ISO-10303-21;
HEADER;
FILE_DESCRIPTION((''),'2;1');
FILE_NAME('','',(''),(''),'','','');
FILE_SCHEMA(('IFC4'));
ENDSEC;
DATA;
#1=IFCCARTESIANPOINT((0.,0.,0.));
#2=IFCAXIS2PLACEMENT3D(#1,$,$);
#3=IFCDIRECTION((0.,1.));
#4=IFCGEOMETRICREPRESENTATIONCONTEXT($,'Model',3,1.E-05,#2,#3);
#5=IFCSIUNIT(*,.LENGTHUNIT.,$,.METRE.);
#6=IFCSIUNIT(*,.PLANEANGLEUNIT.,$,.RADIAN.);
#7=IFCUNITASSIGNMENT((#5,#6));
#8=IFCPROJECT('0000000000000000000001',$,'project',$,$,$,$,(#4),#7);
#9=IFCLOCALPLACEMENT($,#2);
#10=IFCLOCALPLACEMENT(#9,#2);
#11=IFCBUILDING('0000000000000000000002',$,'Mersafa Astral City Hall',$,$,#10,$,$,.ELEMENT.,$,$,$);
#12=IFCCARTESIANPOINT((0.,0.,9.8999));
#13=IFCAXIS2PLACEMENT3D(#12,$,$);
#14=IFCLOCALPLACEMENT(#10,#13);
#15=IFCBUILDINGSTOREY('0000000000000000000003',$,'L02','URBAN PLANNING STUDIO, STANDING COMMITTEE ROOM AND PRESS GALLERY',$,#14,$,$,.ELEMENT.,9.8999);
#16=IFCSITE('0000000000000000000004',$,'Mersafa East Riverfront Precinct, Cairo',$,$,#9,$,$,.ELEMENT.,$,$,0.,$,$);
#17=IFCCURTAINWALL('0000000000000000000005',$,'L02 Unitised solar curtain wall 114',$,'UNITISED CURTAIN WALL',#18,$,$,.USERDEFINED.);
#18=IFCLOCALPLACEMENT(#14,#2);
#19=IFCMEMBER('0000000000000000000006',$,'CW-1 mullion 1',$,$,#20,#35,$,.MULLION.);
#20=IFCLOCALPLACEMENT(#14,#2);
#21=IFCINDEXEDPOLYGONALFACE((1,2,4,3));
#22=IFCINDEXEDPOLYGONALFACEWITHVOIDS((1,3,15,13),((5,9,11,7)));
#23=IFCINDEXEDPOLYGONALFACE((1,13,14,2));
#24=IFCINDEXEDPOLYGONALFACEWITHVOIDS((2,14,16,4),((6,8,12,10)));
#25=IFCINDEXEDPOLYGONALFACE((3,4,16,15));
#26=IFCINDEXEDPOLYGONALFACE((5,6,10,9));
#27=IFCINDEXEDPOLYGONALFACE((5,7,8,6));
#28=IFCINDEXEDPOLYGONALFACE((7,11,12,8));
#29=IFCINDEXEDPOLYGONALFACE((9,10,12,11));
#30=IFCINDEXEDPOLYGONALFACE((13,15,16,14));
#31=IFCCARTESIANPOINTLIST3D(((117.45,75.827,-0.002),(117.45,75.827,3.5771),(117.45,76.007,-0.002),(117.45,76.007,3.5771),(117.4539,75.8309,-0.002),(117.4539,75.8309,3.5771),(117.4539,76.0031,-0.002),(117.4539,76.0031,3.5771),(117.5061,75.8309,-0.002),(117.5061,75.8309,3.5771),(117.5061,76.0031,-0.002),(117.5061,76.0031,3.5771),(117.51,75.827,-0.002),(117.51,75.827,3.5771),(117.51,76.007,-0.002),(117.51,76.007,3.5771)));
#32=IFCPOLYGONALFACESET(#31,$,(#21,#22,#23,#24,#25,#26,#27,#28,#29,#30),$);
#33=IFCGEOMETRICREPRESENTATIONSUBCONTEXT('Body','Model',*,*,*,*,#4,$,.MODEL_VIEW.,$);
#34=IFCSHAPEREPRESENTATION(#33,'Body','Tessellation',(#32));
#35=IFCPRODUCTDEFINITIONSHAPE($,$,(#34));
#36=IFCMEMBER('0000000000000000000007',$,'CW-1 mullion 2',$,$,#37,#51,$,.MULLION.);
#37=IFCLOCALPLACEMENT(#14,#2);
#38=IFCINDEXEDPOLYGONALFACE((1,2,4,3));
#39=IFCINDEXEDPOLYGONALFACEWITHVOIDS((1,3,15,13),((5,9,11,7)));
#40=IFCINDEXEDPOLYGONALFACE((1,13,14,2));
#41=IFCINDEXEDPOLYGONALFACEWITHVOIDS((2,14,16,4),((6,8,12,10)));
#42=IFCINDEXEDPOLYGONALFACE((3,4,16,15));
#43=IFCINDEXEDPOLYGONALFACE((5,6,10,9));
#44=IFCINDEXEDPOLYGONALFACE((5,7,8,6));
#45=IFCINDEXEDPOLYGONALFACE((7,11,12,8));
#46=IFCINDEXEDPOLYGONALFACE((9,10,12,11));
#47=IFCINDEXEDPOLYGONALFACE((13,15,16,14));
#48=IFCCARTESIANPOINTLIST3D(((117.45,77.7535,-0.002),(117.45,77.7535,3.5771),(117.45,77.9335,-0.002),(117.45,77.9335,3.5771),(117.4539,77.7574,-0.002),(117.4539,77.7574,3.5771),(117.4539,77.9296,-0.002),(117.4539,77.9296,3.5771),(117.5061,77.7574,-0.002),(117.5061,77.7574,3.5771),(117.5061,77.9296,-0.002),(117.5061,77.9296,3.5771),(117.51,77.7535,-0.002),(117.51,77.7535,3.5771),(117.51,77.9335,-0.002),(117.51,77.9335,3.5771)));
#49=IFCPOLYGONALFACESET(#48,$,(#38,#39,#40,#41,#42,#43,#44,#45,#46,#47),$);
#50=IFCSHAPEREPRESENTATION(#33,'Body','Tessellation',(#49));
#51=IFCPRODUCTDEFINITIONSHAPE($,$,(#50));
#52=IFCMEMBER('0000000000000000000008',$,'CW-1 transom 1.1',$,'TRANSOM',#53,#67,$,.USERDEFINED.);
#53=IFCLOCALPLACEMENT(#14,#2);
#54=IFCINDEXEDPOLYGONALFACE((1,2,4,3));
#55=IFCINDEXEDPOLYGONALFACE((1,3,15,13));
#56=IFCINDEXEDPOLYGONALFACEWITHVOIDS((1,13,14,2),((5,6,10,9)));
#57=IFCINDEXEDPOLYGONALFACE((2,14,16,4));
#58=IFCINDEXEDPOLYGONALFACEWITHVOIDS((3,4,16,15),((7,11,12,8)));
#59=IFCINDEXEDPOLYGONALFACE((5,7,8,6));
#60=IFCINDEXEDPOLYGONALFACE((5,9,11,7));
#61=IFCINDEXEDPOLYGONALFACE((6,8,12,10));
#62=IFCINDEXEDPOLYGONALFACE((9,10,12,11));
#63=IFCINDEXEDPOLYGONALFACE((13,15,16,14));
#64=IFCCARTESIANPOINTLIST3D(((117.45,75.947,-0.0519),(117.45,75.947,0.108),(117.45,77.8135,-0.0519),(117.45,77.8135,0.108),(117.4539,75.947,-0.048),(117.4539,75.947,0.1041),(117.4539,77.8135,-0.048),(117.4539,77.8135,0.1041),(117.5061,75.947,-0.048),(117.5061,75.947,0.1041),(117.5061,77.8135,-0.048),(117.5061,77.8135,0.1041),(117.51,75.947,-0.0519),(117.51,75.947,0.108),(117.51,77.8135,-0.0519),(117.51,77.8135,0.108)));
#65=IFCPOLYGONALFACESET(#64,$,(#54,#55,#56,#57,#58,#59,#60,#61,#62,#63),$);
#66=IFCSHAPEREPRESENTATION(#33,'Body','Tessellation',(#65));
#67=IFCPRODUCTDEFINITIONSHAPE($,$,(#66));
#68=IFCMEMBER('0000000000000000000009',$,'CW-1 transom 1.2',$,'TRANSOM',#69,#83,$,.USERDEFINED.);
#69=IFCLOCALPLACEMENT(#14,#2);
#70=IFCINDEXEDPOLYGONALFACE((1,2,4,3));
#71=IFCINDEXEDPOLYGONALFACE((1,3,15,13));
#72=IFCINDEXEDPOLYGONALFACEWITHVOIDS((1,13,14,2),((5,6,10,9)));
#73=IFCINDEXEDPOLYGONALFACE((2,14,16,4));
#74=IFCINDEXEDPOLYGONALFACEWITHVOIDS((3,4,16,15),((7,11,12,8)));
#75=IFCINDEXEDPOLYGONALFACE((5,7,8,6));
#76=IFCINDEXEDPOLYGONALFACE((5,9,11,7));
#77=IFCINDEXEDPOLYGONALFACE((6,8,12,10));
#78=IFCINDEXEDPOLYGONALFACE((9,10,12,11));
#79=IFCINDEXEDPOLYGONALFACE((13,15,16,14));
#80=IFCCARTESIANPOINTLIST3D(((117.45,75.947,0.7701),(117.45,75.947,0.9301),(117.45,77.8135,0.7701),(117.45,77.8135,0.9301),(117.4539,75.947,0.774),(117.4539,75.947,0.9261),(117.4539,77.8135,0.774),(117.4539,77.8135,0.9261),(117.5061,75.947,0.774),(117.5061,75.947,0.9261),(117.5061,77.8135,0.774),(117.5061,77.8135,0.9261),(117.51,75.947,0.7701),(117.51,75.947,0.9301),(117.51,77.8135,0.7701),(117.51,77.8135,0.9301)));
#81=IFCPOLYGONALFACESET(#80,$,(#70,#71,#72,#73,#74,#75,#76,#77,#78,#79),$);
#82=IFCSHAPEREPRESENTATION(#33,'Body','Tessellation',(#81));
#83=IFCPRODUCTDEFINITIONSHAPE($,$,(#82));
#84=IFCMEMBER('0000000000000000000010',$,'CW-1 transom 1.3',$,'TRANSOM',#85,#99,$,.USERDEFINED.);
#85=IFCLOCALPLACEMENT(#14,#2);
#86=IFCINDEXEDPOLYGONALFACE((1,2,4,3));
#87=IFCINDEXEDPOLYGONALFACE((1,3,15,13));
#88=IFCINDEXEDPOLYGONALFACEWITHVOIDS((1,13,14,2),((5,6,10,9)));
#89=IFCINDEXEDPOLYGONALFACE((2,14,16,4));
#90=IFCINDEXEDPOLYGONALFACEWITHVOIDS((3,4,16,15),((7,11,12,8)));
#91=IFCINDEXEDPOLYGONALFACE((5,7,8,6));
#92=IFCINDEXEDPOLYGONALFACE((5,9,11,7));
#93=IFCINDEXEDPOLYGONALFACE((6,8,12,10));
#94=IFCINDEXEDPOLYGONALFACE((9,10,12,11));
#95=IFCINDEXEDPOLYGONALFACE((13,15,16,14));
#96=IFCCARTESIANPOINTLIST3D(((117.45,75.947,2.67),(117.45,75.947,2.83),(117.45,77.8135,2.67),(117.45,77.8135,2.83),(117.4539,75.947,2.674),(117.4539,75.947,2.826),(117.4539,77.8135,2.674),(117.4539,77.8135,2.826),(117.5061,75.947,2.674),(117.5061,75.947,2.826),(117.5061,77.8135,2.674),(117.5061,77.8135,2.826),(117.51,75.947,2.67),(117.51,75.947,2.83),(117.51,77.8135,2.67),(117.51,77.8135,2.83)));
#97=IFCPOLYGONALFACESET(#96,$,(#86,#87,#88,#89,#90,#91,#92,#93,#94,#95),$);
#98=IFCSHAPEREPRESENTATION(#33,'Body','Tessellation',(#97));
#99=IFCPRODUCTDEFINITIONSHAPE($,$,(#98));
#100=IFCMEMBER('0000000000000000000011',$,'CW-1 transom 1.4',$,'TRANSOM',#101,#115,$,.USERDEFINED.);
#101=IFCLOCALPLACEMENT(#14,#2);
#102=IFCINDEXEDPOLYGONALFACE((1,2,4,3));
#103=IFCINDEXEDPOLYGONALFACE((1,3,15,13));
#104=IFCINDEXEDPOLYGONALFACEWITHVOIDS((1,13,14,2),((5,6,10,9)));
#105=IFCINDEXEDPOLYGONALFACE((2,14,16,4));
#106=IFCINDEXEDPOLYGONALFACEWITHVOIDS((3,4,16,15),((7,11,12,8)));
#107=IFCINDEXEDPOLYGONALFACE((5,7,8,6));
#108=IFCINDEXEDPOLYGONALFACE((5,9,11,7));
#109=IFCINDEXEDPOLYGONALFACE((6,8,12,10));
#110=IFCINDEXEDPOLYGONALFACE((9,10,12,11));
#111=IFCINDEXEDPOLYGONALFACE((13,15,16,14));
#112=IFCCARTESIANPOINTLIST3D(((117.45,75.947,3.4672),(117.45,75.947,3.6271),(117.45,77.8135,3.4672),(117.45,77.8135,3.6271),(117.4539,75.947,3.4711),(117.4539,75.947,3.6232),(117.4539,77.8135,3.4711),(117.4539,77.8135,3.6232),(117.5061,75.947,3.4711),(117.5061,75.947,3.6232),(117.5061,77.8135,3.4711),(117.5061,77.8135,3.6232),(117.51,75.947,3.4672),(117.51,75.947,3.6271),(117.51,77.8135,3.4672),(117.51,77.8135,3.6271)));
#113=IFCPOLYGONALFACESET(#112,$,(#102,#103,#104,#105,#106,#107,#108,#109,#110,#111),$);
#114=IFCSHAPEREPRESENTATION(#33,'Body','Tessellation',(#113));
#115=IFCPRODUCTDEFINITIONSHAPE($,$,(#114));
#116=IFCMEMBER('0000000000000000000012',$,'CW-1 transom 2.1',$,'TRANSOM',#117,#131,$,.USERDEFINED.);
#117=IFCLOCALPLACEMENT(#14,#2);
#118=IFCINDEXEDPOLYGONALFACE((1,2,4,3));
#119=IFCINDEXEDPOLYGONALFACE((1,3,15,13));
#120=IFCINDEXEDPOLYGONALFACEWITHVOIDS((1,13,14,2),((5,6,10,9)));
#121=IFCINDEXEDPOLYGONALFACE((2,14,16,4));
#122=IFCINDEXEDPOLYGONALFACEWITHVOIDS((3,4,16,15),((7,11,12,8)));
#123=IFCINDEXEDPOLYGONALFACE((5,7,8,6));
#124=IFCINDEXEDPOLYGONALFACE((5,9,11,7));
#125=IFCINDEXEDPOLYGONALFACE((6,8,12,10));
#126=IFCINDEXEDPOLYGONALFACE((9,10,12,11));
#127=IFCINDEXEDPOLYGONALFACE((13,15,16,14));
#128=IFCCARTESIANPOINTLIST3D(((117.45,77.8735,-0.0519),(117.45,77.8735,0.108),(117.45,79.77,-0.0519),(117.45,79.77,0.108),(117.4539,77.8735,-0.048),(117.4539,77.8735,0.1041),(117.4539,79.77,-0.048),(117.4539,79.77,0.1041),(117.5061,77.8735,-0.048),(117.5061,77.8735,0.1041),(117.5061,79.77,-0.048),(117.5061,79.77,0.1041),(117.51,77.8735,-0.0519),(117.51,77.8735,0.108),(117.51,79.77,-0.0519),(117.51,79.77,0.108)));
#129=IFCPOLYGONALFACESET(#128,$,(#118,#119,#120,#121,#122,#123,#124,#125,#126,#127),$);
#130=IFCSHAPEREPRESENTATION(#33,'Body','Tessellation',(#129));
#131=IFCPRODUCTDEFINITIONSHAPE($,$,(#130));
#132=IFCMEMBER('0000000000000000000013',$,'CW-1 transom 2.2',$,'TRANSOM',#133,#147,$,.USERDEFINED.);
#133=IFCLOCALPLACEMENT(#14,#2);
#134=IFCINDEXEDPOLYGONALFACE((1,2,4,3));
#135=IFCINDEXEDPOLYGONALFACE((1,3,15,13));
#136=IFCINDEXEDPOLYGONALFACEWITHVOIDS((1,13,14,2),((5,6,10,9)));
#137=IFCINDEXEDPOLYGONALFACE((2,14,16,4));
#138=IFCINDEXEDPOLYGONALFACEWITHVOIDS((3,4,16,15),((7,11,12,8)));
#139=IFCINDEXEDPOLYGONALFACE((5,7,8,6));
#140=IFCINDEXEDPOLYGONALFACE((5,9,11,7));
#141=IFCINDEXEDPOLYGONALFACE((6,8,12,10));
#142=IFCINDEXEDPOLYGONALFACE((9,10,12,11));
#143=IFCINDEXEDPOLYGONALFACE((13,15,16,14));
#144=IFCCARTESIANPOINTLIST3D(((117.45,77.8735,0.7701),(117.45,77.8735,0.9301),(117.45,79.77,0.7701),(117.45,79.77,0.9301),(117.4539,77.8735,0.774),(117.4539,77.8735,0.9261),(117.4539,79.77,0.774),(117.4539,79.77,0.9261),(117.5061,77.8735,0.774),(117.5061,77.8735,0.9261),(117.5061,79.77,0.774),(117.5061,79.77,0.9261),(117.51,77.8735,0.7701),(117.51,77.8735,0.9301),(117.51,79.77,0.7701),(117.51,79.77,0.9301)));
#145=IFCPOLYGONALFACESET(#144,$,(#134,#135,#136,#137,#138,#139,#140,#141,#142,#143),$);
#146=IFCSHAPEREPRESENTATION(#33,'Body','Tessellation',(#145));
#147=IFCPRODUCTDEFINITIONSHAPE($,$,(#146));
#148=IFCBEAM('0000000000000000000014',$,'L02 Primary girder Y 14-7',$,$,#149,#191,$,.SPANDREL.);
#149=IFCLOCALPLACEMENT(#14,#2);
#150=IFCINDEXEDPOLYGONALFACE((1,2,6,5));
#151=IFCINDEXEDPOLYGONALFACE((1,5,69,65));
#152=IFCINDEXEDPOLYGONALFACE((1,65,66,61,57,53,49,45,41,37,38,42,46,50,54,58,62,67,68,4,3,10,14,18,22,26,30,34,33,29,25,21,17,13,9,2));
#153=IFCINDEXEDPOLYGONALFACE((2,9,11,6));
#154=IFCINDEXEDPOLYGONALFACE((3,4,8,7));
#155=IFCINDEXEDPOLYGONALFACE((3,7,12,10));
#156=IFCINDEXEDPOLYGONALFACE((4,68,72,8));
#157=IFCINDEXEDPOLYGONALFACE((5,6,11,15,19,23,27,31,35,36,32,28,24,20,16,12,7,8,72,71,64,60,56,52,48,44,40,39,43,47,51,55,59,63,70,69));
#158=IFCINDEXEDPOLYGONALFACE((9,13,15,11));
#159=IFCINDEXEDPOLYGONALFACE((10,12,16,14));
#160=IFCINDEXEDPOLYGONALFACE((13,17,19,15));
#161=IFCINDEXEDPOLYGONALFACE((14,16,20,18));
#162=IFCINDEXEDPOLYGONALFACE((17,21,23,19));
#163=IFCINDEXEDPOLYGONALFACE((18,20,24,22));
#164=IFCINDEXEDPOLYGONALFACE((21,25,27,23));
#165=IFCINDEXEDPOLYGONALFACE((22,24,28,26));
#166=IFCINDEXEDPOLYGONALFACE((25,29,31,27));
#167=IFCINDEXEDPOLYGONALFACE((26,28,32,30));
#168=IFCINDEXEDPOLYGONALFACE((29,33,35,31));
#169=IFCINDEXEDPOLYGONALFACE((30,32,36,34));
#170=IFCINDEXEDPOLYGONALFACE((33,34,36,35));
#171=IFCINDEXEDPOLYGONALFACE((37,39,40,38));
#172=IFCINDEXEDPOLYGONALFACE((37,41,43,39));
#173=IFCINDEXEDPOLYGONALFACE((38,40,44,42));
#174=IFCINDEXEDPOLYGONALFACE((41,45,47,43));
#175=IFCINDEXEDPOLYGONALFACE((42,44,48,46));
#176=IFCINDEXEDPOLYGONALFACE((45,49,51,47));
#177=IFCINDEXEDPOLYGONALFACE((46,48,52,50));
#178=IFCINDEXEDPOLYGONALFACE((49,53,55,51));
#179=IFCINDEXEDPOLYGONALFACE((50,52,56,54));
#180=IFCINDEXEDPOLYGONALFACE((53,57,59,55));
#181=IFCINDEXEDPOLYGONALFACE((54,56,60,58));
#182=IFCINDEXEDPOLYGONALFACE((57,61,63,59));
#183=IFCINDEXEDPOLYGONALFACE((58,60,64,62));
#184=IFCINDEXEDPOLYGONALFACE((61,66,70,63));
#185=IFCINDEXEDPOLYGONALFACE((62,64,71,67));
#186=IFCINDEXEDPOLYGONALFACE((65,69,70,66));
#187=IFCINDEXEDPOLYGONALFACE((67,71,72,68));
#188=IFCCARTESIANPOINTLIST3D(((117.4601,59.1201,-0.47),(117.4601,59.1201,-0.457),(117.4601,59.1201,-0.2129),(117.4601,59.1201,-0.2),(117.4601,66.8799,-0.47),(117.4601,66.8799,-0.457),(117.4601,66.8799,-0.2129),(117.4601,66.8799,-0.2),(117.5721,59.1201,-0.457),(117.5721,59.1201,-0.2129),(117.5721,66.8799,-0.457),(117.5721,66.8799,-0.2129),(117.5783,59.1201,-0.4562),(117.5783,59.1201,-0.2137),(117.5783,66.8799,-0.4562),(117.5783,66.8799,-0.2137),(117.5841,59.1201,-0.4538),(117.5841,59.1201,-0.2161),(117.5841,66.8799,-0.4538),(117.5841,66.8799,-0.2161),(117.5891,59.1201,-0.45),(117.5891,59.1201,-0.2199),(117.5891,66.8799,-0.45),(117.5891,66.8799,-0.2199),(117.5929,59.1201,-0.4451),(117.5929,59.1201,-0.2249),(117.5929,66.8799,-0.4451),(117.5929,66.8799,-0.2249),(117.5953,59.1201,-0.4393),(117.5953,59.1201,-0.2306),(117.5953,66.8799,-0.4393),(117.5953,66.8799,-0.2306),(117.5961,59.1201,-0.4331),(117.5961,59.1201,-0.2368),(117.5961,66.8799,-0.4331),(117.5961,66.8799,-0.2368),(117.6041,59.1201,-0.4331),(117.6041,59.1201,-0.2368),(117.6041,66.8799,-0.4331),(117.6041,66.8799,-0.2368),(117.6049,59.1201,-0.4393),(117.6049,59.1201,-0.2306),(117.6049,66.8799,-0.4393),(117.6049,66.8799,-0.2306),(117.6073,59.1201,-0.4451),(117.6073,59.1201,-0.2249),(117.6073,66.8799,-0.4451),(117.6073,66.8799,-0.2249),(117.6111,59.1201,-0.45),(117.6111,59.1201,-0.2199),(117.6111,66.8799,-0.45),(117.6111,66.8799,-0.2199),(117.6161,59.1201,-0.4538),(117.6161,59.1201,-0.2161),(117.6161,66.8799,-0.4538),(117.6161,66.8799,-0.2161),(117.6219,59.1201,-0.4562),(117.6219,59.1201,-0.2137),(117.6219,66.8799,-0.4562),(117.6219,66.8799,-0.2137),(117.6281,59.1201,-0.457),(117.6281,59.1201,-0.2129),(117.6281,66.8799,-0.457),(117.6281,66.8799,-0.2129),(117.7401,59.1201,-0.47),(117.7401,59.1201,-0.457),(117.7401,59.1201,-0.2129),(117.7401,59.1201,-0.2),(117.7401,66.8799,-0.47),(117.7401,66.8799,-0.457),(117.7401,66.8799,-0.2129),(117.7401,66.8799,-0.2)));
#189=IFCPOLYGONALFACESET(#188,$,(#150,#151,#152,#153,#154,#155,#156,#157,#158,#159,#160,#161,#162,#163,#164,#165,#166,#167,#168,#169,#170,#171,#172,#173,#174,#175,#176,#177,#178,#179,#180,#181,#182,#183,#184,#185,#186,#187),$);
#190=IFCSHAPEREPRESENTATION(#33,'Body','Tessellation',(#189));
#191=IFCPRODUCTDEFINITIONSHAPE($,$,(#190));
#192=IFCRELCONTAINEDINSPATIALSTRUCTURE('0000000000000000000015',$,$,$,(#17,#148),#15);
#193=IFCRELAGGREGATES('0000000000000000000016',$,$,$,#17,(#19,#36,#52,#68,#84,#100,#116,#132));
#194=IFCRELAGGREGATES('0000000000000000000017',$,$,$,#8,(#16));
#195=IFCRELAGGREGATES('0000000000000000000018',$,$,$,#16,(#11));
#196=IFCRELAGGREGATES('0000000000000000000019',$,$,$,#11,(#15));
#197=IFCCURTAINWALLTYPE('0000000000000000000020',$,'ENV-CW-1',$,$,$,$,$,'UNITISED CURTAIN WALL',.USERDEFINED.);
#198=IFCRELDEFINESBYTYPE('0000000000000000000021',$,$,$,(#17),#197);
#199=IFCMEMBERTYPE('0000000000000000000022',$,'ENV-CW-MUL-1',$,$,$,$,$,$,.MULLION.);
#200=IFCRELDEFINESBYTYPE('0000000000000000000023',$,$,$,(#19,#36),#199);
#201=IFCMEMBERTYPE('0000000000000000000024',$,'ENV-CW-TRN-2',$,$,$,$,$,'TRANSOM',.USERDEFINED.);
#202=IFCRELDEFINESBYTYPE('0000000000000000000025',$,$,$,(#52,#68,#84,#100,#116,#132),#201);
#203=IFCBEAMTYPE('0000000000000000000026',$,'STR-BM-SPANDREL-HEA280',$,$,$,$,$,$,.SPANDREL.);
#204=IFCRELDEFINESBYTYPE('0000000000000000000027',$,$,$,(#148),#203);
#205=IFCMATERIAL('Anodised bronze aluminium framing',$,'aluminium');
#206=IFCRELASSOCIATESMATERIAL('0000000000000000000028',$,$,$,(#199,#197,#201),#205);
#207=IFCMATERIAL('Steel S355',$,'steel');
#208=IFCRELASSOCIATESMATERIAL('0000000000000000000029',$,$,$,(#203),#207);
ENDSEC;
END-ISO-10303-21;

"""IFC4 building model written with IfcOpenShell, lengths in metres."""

from ifc_helpers import new_model, si_unit, direction, frame, origin, origin_2d, place, context, subcontext, project, spatial, hollow_rectangle, i_section, extrude, material, material_profile, profile_set, type_object, element, aggregate, save


model = new_model("IFC4")

# Units and contexts
model_context = context("Model", 3, precision=1e-05, world=origin(), true_north=direction((0.0, 1.0)))
body_context = subcontext(model_context, "Body", "Model", "MODEL_VIEW")
ifc_project = project(units=[si_unit("LENGTHUNIT", "METRE"), si_unit("PLANEANGLEUNIT", "RADIAN")], contexts=[model_context])

# Site, building, storey
site_placement = place(None, origin())
site = spatial("IfcSite", under=ifc_project, at=site_placement, Name="Mersafa East Riverfront Precinct, Cairo", CompositionType="ELEMENT", RefElevation=0.0)
building_placement = place(site_placement, origin())
building = spatial("IfcBuilding", under=site, at=building_placement, Name="Mersafa Astral City Hall", CompositionType="ELEMENT")
storey_placement = place(building_placement, frame((0.0, 0.0, 9.8999)))
storey = spatial("IfcBuildingStorey", under=building, at=storey_placement, Name="L02", Description="URBAN PLANNING STUDIO, STANDING COMMITTEE ROOM AND PRESS GALLERY", CompositionType="ELEMENT", Elevation=9.8999)

# Shared definitions
ifc_material_1 = material(Name="Steel S355", Category="steel")

# Shared definitions
ifc_material_2 = material(Name="Anodised bronze aluminium framing", Category="aluminium")
ifc_material_profile_1 = material_profile(ifc_material_2, hollow_rectangle(XDim=0.0601, YDim=0.1799, WallThickness=0.0039, at=origin_2d()), Name="RHS 60x180x4")
ifc_profile_set_1 = profile_set([ifc_material_profile_1], Name="Anodised bronze aluminium framing")
member_type_1 = type_object("IfcMemberType", Name="ENV-CW-MUL-1", PredefinedType="MULLION", material=ifc_profile_set_1)

# Curtain wall, members
curtain_wall_type_1 = type_object("IfcCurtainWallType", Name="ENV-CW-1", ElementType="UNITISED CURTAIN WALL", PredefinedType="USERDEFINED", material=ifc_material_2)
curtain_wall_1_placement = place(storey_placement, origin())
curtain_wall_1 = element("IfcCurtainWall", 1, at=curtain_wall_1_placement, inside=storey, type_object=curtain_wall_type_1, Name="L02 Unitised solar curtain wall 114", ObjectType="UNITISED CURTAIN WALL", PredefinedType="USERDEFINED")
member_1_placement = place(storey_placement, frame((117.48, 75.917, -0.002), z_axis=(0.0, 0.0, 1.0), x_axis=(-1.0, 0.0, 0.0)))
member_1 = element("IfcMember", 2, at=member_1_placement, type_object=member_type_1, Name="CW-1 mullion 1", PredefinedType="MULLION", context=body_context, shape_type="SweptSolid", body=[
    extrude(hollow_rectangle(XDim=0.0601, YDim=0.1799, WallThickness=0.0039, at=origin_2d()), origin(), (0.0, 0.0, 1.0), 3.5791),
])
member_2_placement = place(storey_placement, frame((117.48, 77.8435, -0.002), z_axis=(0.0, 0.0, 1.0), x_axis=(-1.0, 0.0, 0.0)))
member_2 = element("IfcMember", 3, at=member_2_placement, type_object=member_type_1, Name="CW-1 mullion 2", PredefinedType="MULLION", context=body_context, shape_type="SweptSolid", body=[
    extrude(hollow_rectangle(XDim=0.0601, YDim=0.1799, WallThickness=0.0039, at=origin_2d()), origin(), (0.0, 0.0, 1.0), 3.5791),
])
ifc_material_profile_2 = material_profile(ifc_material_2, hollow_rectangle(XDim=0.0601, YDim=0.1599, WallThickness=0.0039, at=origin_2d()), Name="RHS 60x160x4")
ifc_profile_set_2 = profile_set([ifc_material_profile_2], Name="Anodised bronze aluminium framing")
member_type_2 = type_object("IfcMemberType", Name="ENV-CW-TRN-2", ElementType="TRANSOM", PredefinedType="USERDEFINED", material=ifc_profile_set_2)
member_3_placement = place(storey_placement, frame((117.48, 75.947, 0.0281), z_axis=(0.0, 1.0, 0.0), x_axis=(-1.0, 0.0, 0.0)))
member_3 = element("IfcMember", 4, at=member_3_placement, type_object=member_type_2, Name="CW-1 transom 1.1", ObjectType="TRANSOM", PredefinedType="USERDEFINED", context=body_context, shape_type="SweptSolid", body=[
    extrude(hollow_rectangle(XDim=0.0601, YDim=0.1599, WallThickness=0.0039, at=origin_2d()), origin(), (0.0, 0.0, 1.0), 1.8665),
])
member_4_placement = place(storey_placement, frame((117.48, 75.947, 0.8501), z_axis=(0.0, 1.0, 0.0), x_axis=(-1.0, 0.0, 0.0)))
member_4 = element("IfcMember", 5, at=member_4_placement, type_object=member_type_2, Name="CW-1 transom 1.2", ObjectType="TRANSOM", PredefinedType="USERDEFINED", context=body_context, shape_type="SweptSolid", body=[
    extrude(hollow_rectangle(XDim=0.0601, YDim=0.1599, WallThickness=0.0039, at=origin_2d()), origin(), (0.0, 0.0, 1.0), 1.8665),
])
member_5_placement = place(storey_placement, frame((117.48, 75.947, 2.75), z_axis=(0.0, 1.0, 0.0), x_axis=(-1.0, 0.0, 0.0)))
member_5 = element("IfcMember", 6, at=member_5_placement, type_object=member_type_2, Name="CW-1 transom 1.3", ObjectType="TRANSOM", PredefinedType="USERDEFINED", context=body_context, shape_type="SweptSolid", body=[
    extrude(hollow_rectangle(XDim=0.0601, YDim=0.1599, WallThickness=0.0039, at=origin_2d()), origin(), (0.0, 0.0, 1.0), 1.8665),
])
member_6_placement = place(storey_placement, frame((117.48, 75.947, 3.5471), z_axis=(0.0, 1.0, 0.0), x_axis=(-1.0, 0.0, 0.0)))
member_6 = element("IfcMember", 7, at=member_6_placement, type_object=member_type_2, Name="CW-1 transom 1.4", ObjectType="TRANSOM", PredefinedType="USERDEFINED", context=body_context, shape_type="SweptSolid", body=[
    extrude(hollow_rectangle(XDim=0.0601, YDim=0.1599, WallThickness=0.0039, at=origin_2d()), origin(), (0.0, 0.0, 1.0), 1.8665),
])
member_7_placement = place(storey_placement, frame((117.48, 77.8735, 0.0281), z_axis=(0.0, 1.0, 0.0), x_axis=(-1.0, 0.0, 0.0)))
member_7 = element("IfcMember", 8, at=member_7_placement, type_object=member_type_2, Name="CW-1 transom 2.1", ObjectType="TRANSOM", PredefinedType="USERDEFINED", context=body_context, shape_type="SweptSolid", body=[
    extrude(hollow_rectangle(XDim=0.0601, YDim=0.1599, WallThickness=0.0039, at=origin_2d()), origin(), (0.0, 0.0, 1.0), 1.8965),
])
member_8_placement = place(storey_placement, frame((117.48, 77.8735, 0.8501), z_axis=(0.0, 1.0, 0.0), x_axis=(-1.0, 0.0, 0.0)))
member_8 = element("IfcMember", 9, at=member_8_placement, type_object=member_type_2, Name="CW-1 transom 2.2", ObjectType="TRANSOM", PredefinedType="USERDEFINED", context=body_context, shape_type="SweptSolid", body=[
    extrude(hollow_rectangle(XDim=0.0601, YDim=0.1599, WallThickness=0.0039, at=origin_2d()), origin(), (0.0, 0.0, 1.0), 1.8965),
])

# Beam
ifc_material_profile_3 = material_profile(ifc_material_1, i_section(OverallWidth=0.28, OverallDepth=0.27, WebThickness=0.0081, FlangeThickness=0.0129, FilletRadius=0.0239, at=origin_2d()), Name="HEA 280")
ifc_profile_set_3 = profile_set([ifc_material_profile_3], Name="Steel S355")
beam_type_1 = type_object("IfcBeamType", Name="STR-BM-SPANDREL-HEA280", PredefinedType="SPANDREL", material=ifc_profile_set_3)
beam_1_placement = place(storey_placement, frame((117.6001, 59.1201, -0.335), z_axis=(0.0, 1.0, 0.0), x_axis=(-1.0, 0.0, 0.0)))
element("IfcBeam", 10, at=beam_1_placement, inside=storey, type_object=beam_type_1, Name="L02 Primary girder Y 14-7", PredefinedType="SPANDREL", context=body_context, shape_type="SweptSolid", body=[
    extrude(i_section(OverallWidth=0.28, OverallDepth=0.27, WebThickness=0.0081, FlangeThickness=0.0129, FilletRadius=0.0239, at=origin_2d()), origin(), (0.0, 0.0, 1.0), 7.7598),
])

aggregate(curtain_wall_1, [member_1, member_2, member_3, member_4, member_5, member_6, member_7, member_8])

save(model, "model.ifc")
